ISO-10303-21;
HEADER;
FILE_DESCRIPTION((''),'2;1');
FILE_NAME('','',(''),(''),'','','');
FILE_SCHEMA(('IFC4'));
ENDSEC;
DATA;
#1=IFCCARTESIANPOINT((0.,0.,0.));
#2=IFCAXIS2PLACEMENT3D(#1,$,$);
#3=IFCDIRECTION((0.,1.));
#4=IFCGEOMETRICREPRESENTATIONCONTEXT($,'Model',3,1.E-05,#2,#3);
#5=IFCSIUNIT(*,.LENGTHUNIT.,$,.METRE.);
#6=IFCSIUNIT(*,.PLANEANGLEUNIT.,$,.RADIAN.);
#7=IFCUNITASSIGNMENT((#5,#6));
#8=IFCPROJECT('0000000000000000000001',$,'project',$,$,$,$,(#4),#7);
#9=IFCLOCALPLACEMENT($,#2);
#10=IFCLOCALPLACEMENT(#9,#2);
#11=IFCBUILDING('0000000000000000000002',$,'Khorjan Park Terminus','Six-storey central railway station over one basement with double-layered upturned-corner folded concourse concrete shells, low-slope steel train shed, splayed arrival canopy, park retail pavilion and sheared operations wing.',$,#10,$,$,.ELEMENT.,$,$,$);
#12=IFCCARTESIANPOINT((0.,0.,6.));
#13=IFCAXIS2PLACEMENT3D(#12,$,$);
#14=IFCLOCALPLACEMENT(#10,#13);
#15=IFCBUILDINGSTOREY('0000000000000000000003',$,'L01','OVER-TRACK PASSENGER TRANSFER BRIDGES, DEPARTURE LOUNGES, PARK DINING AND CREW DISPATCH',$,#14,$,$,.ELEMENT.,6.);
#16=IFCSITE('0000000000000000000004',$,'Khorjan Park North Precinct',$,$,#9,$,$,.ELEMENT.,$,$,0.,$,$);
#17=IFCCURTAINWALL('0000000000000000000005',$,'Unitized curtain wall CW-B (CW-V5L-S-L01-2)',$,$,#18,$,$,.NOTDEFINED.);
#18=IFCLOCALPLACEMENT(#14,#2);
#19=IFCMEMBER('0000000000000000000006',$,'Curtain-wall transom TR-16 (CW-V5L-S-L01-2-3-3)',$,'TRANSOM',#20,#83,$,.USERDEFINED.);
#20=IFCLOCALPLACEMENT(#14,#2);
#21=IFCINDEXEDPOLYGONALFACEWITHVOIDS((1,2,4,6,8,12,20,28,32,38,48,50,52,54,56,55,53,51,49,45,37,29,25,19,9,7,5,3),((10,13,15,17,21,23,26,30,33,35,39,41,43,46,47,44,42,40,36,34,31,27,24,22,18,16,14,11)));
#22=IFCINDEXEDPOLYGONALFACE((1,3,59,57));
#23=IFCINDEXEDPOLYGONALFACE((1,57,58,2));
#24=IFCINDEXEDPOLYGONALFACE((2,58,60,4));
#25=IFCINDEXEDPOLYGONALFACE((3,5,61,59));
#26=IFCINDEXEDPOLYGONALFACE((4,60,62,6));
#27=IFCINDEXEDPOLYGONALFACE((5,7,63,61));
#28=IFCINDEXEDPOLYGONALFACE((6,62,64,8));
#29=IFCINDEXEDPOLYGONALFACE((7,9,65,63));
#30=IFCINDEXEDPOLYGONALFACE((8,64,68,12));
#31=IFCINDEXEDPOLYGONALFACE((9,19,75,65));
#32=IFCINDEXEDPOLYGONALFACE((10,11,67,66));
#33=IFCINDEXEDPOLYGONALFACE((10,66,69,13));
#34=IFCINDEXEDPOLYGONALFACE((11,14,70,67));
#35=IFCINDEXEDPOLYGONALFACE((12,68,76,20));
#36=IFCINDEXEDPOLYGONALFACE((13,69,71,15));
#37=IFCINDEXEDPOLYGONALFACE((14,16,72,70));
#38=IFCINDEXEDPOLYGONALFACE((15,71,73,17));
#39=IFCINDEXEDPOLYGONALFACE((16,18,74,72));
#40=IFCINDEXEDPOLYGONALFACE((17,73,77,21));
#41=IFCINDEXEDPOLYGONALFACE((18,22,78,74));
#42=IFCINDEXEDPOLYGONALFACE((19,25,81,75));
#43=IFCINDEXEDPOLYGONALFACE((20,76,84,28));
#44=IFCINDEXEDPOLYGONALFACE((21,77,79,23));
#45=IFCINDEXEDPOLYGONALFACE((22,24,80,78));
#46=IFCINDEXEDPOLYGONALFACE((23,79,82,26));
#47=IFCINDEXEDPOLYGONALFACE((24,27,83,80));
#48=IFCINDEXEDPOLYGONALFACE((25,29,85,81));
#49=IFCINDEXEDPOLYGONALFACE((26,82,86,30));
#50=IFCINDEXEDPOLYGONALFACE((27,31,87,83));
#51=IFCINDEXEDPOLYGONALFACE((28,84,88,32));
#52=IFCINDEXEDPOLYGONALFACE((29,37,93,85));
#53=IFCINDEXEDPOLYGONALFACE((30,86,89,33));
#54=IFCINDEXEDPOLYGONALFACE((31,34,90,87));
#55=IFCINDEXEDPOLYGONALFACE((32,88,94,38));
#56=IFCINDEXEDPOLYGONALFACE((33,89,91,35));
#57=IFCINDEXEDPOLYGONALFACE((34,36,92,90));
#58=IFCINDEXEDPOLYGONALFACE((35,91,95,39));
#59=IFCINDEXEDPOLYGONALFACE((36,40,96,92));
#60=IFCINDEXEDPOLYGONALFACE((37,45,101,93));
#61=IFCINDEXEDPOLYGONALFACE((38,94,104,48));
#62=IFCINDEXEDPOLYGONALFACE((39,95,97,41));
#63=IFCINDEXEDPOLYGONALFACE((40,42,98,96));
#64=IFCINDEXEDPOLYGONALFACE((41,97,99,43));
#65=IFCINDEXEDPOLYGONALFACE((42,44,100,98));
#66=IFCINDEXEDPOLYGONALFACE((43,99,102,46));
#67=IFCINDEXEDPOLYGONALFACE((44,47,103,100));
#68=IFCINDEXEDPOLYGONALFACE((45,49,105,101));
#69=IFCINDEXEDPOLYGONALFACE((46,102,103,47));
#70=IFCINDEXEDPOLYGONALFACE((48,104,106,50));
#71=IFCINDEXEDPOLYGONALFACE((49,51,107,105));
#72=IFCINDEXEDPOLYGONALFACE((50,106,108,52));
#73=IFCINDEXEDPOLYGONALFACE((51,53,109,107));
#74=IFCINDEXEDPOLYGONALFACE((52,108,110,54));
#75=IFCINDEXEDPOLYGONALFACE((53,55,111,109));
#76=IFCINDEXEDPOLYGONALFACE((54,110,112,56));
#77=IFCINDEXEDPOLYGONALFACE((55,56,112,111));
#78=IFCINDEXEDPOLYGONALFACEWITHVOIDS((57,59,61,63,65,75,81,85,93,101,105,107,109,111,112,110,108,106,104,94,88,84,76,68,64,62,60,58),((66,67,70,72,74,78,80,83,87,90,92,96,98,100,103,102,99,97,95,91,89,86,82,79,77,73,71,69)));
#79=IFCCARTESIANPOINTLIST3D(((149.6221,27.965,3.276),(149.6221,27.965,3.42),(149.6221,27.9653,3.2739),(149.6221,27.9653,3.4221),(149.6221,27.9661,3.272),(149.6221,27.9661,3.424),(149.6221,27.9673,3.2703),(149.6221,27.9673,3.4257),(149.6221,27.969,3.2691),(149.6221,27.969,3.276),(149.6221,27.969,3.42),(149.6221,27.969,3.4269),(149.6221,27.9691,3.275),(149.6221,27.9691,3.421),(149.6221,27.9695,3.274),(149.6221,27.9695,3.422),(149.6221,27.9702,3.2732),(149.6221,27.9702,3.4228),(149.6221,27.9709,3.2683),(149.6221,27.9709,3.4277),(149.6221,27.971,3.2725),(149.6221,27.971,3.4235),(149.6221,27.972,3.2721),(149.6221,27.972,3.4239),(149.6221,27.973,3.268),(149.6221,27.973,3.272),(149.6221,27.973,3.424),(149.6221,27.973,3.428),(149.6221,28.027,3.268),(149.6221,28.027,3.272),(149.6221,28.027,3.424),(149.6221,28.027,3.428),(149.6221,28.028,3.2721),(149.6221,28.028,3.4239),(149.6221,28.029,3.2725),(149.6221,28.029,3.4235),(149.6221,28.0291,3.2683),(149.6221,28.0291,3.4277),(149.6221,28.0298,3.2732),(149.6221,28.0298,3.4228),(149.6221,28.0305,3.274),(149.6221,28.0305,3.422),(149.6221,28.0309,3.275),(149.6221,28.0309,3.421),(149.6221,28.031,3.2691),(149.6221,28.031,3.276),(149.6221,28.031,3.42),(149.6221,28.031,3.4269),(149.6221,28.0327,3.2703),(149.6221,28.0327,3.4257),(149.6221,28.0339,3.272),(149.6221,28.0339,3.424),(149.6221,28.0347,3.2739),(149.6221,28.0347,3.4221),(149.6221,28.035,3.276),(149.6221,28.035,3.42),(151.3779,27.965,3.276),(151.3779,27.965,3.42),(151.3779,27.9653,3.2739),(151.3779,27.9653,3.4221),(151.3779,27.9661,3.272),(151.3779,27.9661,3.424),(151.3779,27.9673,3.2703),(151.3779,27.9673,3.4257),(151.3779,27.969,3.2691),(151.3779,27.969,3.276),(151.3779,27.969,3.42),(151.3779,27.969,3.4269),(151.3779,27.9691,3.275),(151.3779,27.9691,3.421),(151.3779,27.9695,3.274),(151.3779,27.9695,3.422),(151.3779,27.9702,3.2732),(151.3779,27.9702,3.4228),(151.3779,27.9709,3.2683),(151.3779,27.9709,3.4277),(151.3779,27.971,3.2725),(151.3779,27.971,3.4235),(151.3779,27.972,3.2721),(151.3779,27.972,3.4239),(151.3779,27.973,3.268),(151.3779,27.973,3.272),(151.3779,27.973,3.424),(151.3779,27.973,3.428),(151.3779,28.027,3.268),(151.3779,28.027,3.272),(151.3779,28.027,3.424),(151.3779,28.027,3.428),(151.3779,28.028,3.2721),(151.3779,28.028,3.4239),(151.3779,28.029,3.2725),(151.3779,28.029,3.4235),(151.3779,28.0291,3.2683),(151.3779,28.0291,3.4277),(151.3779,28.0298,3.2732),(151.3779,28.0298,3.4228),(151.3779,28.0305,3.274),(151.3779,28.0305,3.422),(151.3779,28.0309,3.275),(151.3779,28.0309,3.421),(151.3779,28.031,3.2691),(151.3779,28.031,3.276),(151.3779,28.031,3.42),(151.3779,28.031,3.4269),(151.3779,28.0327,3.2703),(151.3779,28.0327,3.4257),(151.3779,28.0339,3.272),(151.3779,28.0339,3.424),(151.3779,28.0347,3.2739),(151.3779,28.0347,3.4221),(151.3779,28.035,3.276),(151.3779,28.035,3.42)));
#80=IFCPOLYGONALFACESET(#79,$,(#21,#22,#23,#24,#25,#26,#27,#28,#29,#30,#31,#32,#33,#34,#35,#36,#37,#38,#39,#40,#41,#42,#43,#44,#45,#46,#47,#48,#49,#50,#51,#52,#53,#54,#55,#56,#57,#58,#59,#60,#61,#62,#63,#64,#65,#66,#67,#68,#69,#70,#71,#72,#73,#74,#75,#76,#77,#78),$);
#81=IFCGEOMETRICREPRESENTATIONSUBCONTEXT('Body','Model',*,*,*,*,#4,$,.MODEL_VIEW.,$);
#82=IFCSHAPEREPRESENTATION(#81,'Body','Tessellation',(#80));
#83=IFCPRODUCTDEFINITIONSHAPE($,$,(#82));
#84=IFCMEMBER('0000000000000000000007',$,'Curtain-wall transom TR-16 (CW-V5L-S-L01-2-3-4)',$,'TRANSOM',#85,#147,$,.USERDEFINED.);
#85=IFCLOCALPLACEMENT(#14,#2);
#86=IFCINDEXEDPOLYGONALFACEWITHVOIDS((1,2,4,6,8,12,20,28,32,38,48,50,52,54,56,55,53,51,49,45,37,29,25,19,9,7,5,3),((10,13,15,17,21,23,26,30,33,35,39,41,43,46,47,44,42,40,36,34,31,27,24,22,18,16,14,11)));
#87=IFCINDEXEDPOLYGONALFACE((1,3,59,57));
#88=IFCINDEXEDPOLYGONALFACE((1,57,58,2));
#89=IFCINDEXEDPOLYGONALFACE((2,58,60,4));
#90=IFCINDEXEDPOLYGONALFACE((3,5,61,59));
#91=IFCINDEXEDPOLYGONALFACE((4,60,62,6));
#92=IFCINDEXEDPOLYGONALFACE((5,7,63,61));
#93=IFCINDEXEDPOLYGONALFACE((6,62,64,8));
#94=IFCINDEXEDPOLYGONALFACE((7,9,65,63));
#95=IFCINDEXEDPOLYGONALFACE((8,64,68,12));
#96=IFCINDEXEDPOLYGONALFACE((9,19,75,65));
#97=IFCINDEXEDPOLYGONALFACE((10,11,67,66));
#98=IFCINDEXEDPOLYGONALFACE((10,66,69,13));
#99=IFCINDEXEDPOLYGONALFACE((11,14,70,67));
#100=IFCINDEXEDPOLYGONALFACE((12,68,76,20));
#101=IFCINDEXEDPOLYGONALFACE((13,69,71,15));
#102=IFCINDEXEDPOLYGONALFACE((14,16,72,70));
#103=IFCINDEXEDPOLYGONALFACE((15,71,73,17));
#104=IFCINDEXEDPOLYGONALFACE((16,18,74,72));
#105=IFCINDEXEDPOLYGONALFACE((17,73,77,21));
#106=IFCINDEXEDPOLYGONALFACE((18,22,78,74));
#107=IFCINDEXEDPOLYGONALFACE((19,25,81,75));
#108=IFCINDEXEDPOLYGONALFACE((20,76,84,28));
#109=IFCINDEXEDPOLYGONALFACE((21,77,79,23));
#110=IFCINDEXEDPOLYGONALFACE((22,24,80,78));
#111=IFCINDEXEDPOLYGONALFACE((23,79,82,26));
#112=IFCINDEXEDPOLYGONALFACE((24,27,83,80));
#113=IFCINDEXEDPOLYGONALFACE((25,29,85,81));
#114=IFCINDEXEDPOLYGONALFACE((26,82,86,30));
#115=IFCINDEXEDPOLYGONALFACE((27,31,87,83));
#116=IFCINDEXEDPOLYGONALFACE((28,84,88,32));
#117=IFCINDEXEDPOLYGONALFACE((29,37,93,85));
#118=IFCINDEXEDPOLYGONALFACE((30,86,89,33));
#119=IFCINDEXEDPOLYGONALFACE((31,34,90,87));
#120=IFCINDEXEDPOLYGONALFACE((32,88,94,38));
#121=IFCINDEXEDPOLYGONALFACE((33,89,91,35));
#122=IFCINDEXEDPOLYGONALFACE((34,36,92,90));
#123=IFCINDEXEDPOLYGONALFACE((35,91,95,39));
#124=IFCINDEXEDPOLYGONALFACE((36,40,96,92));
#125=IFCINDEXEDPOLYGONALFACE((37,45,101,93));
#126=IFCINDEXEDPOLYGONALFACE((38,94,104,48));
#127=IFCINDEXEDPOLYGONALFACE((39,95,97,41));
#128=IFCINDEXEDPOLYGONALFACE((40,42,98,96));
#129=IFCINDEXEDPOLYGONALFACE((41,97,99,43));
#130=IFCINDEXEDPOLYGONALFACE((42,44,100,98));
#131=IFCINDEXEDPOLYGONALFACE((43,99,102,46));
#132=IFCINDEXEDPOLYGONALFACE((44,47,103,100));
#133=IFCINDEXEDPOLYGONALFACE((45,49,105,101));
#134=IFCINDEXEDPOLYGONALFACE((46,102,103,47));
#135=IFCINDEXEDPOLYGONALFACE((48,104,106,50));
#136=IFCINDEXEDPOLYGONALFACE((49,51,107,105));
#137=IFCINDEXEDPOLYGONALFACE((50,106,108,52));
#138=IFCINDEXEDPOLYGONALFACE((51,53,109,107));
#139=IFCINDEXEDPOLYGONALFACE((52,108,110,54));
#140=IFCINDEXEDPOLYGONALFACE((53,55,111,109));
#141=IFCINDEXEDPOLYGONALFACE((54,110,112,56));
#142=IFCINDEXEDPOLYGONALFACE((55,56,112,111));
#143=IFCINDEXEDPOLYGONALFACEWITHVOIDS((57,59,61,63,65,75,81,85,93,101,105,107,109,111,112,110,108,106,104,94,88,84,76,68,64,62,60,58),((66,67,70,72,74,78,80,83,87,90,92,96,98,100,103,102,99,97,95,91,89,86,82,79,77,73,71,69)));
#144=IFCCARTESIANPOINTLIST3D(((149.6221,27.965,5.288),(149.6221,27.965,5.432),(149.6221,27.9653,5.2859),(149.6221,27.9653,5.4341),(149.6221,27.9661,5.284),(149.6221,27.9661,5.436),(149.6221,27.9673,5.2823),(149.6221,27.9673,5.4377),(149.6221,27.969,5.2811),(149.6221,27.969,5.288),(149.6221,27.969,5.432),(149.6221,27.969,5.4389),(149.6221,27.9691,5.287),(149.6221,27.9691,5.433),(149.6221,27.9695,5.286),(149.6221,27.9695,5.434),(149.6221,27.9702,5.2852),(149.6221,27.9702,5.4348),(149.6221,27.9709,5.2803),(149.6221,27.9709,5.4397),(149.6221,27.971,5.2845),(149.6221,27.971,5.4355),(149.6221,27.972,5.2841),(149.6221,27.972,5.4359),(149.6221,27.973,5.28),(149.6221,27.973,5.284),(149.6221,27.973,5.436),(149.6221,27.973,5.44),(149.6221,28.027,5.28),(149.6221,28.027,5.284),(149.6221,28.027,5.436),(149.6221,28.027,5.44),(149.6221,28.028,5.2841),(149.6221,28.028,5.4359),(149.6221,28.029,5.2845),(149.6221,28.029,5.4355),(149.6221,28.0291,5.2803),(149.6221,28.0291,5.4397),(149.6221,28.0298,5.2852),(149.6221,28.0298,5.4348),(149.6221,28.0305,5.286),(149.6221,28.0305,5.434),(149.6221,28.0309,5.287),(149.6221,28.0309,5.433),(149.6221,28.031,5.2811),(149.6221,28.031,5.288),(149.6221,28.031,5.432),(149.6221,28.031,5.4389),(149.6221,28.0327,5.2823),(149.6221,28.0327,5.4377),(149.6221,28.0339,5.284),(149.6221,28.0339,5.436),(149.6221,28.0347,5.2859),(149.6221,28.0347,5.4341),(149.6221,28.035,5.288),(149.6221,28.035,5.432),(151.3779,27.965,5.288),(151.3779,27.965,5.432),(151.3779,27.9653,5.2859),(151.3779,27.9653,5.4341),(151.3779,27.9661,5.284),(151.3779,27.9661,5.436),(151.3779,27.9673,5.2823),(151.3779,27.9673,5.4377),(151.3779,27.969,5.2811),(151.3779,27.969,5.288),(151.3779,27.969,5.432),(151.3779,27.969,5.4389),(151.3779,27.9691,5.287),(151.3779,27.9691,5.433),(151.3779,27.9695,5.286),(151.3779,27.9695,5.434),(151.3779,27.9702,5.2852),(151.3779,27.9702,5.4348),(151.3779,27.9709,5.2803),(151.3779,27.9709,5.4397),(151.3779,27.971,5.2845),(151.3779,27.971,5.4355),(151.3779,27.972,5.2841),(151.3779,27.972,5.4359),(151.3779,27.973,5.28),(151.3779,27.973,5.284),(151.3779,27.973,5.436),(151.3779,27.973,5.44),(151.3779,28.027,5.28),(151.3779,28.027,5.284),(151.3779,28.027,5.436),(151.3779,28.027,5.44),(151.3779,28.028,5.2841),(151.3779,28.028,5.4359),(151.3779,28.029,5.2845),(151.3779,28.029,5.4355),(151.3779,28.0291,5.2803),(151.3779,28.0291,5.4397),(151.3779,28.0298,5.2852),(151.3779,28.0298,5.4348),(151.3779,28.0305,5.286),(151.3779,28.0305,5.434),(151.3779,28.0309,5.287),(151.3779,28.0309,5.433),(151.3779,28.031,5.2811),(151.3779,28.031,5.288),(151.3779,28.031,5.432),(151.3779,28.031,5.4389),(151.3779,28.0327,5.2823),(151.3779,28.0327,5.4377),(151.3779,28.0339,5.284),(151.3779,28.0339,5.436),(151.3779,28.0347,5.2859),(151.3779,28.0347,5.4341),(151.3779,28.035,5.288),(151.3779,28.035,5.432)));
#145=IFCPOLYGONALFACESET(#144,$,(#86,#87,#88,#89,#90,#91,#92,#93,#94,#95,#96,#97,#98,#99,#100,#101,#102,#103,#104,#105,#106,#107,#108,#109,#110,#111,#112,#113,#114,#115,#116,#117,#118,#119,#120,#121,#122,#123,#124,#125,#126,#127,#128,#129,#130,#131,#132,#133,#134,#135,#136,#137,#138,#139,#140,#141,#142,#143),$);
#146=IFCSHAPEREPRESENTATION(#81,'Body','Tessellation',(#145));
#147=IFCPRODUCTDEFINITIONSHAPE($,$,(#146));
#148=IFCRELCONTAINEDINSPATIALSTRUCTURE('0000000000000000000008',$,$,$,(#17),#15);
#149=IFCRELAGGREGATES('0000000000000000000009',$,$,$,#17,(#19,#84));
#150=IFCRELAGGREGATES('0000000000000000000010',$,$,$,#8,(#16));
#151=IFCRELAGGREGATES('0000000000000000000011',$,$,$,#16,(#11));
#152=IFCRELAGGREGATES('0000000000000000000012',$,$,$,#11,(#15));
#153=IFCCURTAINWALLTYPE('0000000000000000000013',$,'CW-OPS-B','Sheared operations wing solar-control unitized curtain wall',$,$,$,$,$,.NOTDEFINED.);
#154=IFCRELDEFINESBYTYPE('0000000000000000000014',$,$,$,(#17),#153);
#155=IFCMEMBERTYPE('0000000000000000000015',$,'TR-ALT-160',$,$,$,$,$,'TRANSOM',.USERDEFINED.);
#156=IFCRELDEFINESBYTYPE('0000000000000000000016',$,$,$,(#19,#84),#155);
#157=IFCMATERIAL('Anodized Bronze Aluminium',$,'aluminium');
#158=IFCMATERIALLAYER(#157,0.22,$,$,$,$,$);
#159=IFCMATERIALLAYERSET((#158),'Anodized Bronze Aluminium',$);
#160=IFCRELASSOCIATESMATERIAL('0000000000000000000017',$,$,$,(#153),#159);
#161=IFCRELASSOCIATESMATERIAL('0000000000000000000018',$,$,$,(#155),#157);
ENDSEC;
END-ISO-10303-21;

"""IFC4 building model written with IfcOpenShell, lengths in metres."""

from ifc_helpers import new_model, si_unit, direction, frame, origin, origin_2d, place, context, subcontext, project, spatial, hollow_rectangle, extrude, material, layer, layer_set, material_profile, profile_set, type_object, element, aggregate, save


model = new_model("IFC4")

# Units and contexts
model_context = context("Model", 3, precision=1e-05, world=origin(), true_north=direction((0.0, 1.0)))
body_context = subcontext(model_context, "Body", "Model", "MODEL_VIEW")
ifc_project = project(units=[si_unit("LENGTHUNIT", "METRE"), si_unit("PLANEANGLEUNIT", "RADIAN")], contexts=[model_context])

# Site, building, storey
site_placement = place(None, origin())
site = spatial("IfcSite", under=ifc_project, at=site_placement, Name="Khorjan Park North Precinct", CompositionType="ELEMENT", RefElevation=0.0)
building_placement = place(site_placement, origin())
building = spatial("IfcBuilding", under=site, at=building_placement, Name="Khorjan Park Terminus", Description="Six-storey central railway station over one basement with double-layered upturned-corner folded concourse concrete shells, low-slope steel train shed, splayed arrival canopy, park retail pavilion and sheared operations wing.", CompositionType="ELEMENT")
storey_placement = place(building_placement, frame((0.0, 0.0, 6.0)))
storey = spatial("IfcBuildingStorey", under=building, at=storey_placement, Name="L01", Description="OVER-TRACK PASSENGER TRANSFER BRIDGES, DEPARTURE LOUNGES, PARK DINING AND CREW DISPATCH", CompositionType="ELEMENT", Elevation=6.0)

# Curtain wall, members
ifc_material_1 = material(Name="Anodized Bronze Aluminium", Category="aluminium")
ifc_layer_1 = layer(ifc_material_1, 0.22)
ifc_layer_set_1 = layer_set([ifc_layer_1], Name="Anodized Bronze Aluminium")
curtain_wall_type = type_object("IfcCurtainWallType", Name="CW-OPS-B", Description="Sheared operations wing solar-control unitized curtain wall", PredefinedType="NOTDEFINED", material=ifc_layer_set_1)
curtain_wall_placement = place(storey_placement, origin())
curtain_wall = element("IfcCurtainWall", 1, at=curtain_wall_placement, inside=storey, type_object=curtain_wall_type, Name="Unitized curtain wall CW-B (CW-V5L-S-L01-2)", PredefinedType="NOTDEFINED")
ifc_material_profile_1 = material_profile(ifc_material_1, hollow_rectangle(XDim=0.07, YDim=0.16, WallThickness=0.004, InnerFilletRadius=0.004, OuterFilletRadius=0.008, at=origin_2d()), Name="ALT 70x160x4")
ifc_profile_set_1 = profile_set([ifc_material_profile_1], Name="Anodized Bronze Aluminium")
member_type_1 = type_object("IfcMemberType", Name="TR-ALT-160", ElementType="TRANSOM", PredefinedType="USERDEFINED", material=ifc_profile_set_1)
member_1_placement = place(storey_placement, frame((149.6221, 28.0, 3.348), z_axis=(1.0, 0.0, 0.0), x_axis=(0.0, 1.0, 0.0)))
member_1 = element("IfcMember", 2, at=member_1_placement, type_object=member_type_1, Name="Curtain-wall transom TR-16 (CW-V5L-S-L01-2-3-3)", ObjectType="TRANSOM", PredefinedType="USERDEFINED", context=body_context, shape_type="SweptSolid", body=[
    extrude(hollow_rectangle(XDim=0.07, YDim=0.16, WallThickness=0.004, InnerFilletRadius=0.004, OuterFilletRadius=0.008, at=origin_2d()), origin(), (0.0, 0.0, 1.0), 1.7558),
])
member_2_placement = place(storey_placement, frame((149.6221, 28.0, 5.36), z_axis=(1.0, 0.0, 0.0), x_axis=(0.0, 1.0, 0.0)))
member_2 = element("IfcMember", 3, at=member_2_placement, type_object=member_type_1, Name="Curtain-wall transom TR-16 (CW-V5L-S-L01-2-3-4)", ObjectType="TRANSOM", PredefinedType="USERDEFINED", context=body_context, shape_type="SweptSolid", body=[
    extrude(hollow_rectangle(XDim=0.07, YDim=0.16, WallThickness=0.004, InnerFilletRadius=0.004, OuterFilletRadius=0.008, at=origin_2d()), origin(), (0.0, 0.0, 1.0), 1.7558),
])
aggregate(curtain_wall, [member_1, member_2])

save(model, "model.ifc")
